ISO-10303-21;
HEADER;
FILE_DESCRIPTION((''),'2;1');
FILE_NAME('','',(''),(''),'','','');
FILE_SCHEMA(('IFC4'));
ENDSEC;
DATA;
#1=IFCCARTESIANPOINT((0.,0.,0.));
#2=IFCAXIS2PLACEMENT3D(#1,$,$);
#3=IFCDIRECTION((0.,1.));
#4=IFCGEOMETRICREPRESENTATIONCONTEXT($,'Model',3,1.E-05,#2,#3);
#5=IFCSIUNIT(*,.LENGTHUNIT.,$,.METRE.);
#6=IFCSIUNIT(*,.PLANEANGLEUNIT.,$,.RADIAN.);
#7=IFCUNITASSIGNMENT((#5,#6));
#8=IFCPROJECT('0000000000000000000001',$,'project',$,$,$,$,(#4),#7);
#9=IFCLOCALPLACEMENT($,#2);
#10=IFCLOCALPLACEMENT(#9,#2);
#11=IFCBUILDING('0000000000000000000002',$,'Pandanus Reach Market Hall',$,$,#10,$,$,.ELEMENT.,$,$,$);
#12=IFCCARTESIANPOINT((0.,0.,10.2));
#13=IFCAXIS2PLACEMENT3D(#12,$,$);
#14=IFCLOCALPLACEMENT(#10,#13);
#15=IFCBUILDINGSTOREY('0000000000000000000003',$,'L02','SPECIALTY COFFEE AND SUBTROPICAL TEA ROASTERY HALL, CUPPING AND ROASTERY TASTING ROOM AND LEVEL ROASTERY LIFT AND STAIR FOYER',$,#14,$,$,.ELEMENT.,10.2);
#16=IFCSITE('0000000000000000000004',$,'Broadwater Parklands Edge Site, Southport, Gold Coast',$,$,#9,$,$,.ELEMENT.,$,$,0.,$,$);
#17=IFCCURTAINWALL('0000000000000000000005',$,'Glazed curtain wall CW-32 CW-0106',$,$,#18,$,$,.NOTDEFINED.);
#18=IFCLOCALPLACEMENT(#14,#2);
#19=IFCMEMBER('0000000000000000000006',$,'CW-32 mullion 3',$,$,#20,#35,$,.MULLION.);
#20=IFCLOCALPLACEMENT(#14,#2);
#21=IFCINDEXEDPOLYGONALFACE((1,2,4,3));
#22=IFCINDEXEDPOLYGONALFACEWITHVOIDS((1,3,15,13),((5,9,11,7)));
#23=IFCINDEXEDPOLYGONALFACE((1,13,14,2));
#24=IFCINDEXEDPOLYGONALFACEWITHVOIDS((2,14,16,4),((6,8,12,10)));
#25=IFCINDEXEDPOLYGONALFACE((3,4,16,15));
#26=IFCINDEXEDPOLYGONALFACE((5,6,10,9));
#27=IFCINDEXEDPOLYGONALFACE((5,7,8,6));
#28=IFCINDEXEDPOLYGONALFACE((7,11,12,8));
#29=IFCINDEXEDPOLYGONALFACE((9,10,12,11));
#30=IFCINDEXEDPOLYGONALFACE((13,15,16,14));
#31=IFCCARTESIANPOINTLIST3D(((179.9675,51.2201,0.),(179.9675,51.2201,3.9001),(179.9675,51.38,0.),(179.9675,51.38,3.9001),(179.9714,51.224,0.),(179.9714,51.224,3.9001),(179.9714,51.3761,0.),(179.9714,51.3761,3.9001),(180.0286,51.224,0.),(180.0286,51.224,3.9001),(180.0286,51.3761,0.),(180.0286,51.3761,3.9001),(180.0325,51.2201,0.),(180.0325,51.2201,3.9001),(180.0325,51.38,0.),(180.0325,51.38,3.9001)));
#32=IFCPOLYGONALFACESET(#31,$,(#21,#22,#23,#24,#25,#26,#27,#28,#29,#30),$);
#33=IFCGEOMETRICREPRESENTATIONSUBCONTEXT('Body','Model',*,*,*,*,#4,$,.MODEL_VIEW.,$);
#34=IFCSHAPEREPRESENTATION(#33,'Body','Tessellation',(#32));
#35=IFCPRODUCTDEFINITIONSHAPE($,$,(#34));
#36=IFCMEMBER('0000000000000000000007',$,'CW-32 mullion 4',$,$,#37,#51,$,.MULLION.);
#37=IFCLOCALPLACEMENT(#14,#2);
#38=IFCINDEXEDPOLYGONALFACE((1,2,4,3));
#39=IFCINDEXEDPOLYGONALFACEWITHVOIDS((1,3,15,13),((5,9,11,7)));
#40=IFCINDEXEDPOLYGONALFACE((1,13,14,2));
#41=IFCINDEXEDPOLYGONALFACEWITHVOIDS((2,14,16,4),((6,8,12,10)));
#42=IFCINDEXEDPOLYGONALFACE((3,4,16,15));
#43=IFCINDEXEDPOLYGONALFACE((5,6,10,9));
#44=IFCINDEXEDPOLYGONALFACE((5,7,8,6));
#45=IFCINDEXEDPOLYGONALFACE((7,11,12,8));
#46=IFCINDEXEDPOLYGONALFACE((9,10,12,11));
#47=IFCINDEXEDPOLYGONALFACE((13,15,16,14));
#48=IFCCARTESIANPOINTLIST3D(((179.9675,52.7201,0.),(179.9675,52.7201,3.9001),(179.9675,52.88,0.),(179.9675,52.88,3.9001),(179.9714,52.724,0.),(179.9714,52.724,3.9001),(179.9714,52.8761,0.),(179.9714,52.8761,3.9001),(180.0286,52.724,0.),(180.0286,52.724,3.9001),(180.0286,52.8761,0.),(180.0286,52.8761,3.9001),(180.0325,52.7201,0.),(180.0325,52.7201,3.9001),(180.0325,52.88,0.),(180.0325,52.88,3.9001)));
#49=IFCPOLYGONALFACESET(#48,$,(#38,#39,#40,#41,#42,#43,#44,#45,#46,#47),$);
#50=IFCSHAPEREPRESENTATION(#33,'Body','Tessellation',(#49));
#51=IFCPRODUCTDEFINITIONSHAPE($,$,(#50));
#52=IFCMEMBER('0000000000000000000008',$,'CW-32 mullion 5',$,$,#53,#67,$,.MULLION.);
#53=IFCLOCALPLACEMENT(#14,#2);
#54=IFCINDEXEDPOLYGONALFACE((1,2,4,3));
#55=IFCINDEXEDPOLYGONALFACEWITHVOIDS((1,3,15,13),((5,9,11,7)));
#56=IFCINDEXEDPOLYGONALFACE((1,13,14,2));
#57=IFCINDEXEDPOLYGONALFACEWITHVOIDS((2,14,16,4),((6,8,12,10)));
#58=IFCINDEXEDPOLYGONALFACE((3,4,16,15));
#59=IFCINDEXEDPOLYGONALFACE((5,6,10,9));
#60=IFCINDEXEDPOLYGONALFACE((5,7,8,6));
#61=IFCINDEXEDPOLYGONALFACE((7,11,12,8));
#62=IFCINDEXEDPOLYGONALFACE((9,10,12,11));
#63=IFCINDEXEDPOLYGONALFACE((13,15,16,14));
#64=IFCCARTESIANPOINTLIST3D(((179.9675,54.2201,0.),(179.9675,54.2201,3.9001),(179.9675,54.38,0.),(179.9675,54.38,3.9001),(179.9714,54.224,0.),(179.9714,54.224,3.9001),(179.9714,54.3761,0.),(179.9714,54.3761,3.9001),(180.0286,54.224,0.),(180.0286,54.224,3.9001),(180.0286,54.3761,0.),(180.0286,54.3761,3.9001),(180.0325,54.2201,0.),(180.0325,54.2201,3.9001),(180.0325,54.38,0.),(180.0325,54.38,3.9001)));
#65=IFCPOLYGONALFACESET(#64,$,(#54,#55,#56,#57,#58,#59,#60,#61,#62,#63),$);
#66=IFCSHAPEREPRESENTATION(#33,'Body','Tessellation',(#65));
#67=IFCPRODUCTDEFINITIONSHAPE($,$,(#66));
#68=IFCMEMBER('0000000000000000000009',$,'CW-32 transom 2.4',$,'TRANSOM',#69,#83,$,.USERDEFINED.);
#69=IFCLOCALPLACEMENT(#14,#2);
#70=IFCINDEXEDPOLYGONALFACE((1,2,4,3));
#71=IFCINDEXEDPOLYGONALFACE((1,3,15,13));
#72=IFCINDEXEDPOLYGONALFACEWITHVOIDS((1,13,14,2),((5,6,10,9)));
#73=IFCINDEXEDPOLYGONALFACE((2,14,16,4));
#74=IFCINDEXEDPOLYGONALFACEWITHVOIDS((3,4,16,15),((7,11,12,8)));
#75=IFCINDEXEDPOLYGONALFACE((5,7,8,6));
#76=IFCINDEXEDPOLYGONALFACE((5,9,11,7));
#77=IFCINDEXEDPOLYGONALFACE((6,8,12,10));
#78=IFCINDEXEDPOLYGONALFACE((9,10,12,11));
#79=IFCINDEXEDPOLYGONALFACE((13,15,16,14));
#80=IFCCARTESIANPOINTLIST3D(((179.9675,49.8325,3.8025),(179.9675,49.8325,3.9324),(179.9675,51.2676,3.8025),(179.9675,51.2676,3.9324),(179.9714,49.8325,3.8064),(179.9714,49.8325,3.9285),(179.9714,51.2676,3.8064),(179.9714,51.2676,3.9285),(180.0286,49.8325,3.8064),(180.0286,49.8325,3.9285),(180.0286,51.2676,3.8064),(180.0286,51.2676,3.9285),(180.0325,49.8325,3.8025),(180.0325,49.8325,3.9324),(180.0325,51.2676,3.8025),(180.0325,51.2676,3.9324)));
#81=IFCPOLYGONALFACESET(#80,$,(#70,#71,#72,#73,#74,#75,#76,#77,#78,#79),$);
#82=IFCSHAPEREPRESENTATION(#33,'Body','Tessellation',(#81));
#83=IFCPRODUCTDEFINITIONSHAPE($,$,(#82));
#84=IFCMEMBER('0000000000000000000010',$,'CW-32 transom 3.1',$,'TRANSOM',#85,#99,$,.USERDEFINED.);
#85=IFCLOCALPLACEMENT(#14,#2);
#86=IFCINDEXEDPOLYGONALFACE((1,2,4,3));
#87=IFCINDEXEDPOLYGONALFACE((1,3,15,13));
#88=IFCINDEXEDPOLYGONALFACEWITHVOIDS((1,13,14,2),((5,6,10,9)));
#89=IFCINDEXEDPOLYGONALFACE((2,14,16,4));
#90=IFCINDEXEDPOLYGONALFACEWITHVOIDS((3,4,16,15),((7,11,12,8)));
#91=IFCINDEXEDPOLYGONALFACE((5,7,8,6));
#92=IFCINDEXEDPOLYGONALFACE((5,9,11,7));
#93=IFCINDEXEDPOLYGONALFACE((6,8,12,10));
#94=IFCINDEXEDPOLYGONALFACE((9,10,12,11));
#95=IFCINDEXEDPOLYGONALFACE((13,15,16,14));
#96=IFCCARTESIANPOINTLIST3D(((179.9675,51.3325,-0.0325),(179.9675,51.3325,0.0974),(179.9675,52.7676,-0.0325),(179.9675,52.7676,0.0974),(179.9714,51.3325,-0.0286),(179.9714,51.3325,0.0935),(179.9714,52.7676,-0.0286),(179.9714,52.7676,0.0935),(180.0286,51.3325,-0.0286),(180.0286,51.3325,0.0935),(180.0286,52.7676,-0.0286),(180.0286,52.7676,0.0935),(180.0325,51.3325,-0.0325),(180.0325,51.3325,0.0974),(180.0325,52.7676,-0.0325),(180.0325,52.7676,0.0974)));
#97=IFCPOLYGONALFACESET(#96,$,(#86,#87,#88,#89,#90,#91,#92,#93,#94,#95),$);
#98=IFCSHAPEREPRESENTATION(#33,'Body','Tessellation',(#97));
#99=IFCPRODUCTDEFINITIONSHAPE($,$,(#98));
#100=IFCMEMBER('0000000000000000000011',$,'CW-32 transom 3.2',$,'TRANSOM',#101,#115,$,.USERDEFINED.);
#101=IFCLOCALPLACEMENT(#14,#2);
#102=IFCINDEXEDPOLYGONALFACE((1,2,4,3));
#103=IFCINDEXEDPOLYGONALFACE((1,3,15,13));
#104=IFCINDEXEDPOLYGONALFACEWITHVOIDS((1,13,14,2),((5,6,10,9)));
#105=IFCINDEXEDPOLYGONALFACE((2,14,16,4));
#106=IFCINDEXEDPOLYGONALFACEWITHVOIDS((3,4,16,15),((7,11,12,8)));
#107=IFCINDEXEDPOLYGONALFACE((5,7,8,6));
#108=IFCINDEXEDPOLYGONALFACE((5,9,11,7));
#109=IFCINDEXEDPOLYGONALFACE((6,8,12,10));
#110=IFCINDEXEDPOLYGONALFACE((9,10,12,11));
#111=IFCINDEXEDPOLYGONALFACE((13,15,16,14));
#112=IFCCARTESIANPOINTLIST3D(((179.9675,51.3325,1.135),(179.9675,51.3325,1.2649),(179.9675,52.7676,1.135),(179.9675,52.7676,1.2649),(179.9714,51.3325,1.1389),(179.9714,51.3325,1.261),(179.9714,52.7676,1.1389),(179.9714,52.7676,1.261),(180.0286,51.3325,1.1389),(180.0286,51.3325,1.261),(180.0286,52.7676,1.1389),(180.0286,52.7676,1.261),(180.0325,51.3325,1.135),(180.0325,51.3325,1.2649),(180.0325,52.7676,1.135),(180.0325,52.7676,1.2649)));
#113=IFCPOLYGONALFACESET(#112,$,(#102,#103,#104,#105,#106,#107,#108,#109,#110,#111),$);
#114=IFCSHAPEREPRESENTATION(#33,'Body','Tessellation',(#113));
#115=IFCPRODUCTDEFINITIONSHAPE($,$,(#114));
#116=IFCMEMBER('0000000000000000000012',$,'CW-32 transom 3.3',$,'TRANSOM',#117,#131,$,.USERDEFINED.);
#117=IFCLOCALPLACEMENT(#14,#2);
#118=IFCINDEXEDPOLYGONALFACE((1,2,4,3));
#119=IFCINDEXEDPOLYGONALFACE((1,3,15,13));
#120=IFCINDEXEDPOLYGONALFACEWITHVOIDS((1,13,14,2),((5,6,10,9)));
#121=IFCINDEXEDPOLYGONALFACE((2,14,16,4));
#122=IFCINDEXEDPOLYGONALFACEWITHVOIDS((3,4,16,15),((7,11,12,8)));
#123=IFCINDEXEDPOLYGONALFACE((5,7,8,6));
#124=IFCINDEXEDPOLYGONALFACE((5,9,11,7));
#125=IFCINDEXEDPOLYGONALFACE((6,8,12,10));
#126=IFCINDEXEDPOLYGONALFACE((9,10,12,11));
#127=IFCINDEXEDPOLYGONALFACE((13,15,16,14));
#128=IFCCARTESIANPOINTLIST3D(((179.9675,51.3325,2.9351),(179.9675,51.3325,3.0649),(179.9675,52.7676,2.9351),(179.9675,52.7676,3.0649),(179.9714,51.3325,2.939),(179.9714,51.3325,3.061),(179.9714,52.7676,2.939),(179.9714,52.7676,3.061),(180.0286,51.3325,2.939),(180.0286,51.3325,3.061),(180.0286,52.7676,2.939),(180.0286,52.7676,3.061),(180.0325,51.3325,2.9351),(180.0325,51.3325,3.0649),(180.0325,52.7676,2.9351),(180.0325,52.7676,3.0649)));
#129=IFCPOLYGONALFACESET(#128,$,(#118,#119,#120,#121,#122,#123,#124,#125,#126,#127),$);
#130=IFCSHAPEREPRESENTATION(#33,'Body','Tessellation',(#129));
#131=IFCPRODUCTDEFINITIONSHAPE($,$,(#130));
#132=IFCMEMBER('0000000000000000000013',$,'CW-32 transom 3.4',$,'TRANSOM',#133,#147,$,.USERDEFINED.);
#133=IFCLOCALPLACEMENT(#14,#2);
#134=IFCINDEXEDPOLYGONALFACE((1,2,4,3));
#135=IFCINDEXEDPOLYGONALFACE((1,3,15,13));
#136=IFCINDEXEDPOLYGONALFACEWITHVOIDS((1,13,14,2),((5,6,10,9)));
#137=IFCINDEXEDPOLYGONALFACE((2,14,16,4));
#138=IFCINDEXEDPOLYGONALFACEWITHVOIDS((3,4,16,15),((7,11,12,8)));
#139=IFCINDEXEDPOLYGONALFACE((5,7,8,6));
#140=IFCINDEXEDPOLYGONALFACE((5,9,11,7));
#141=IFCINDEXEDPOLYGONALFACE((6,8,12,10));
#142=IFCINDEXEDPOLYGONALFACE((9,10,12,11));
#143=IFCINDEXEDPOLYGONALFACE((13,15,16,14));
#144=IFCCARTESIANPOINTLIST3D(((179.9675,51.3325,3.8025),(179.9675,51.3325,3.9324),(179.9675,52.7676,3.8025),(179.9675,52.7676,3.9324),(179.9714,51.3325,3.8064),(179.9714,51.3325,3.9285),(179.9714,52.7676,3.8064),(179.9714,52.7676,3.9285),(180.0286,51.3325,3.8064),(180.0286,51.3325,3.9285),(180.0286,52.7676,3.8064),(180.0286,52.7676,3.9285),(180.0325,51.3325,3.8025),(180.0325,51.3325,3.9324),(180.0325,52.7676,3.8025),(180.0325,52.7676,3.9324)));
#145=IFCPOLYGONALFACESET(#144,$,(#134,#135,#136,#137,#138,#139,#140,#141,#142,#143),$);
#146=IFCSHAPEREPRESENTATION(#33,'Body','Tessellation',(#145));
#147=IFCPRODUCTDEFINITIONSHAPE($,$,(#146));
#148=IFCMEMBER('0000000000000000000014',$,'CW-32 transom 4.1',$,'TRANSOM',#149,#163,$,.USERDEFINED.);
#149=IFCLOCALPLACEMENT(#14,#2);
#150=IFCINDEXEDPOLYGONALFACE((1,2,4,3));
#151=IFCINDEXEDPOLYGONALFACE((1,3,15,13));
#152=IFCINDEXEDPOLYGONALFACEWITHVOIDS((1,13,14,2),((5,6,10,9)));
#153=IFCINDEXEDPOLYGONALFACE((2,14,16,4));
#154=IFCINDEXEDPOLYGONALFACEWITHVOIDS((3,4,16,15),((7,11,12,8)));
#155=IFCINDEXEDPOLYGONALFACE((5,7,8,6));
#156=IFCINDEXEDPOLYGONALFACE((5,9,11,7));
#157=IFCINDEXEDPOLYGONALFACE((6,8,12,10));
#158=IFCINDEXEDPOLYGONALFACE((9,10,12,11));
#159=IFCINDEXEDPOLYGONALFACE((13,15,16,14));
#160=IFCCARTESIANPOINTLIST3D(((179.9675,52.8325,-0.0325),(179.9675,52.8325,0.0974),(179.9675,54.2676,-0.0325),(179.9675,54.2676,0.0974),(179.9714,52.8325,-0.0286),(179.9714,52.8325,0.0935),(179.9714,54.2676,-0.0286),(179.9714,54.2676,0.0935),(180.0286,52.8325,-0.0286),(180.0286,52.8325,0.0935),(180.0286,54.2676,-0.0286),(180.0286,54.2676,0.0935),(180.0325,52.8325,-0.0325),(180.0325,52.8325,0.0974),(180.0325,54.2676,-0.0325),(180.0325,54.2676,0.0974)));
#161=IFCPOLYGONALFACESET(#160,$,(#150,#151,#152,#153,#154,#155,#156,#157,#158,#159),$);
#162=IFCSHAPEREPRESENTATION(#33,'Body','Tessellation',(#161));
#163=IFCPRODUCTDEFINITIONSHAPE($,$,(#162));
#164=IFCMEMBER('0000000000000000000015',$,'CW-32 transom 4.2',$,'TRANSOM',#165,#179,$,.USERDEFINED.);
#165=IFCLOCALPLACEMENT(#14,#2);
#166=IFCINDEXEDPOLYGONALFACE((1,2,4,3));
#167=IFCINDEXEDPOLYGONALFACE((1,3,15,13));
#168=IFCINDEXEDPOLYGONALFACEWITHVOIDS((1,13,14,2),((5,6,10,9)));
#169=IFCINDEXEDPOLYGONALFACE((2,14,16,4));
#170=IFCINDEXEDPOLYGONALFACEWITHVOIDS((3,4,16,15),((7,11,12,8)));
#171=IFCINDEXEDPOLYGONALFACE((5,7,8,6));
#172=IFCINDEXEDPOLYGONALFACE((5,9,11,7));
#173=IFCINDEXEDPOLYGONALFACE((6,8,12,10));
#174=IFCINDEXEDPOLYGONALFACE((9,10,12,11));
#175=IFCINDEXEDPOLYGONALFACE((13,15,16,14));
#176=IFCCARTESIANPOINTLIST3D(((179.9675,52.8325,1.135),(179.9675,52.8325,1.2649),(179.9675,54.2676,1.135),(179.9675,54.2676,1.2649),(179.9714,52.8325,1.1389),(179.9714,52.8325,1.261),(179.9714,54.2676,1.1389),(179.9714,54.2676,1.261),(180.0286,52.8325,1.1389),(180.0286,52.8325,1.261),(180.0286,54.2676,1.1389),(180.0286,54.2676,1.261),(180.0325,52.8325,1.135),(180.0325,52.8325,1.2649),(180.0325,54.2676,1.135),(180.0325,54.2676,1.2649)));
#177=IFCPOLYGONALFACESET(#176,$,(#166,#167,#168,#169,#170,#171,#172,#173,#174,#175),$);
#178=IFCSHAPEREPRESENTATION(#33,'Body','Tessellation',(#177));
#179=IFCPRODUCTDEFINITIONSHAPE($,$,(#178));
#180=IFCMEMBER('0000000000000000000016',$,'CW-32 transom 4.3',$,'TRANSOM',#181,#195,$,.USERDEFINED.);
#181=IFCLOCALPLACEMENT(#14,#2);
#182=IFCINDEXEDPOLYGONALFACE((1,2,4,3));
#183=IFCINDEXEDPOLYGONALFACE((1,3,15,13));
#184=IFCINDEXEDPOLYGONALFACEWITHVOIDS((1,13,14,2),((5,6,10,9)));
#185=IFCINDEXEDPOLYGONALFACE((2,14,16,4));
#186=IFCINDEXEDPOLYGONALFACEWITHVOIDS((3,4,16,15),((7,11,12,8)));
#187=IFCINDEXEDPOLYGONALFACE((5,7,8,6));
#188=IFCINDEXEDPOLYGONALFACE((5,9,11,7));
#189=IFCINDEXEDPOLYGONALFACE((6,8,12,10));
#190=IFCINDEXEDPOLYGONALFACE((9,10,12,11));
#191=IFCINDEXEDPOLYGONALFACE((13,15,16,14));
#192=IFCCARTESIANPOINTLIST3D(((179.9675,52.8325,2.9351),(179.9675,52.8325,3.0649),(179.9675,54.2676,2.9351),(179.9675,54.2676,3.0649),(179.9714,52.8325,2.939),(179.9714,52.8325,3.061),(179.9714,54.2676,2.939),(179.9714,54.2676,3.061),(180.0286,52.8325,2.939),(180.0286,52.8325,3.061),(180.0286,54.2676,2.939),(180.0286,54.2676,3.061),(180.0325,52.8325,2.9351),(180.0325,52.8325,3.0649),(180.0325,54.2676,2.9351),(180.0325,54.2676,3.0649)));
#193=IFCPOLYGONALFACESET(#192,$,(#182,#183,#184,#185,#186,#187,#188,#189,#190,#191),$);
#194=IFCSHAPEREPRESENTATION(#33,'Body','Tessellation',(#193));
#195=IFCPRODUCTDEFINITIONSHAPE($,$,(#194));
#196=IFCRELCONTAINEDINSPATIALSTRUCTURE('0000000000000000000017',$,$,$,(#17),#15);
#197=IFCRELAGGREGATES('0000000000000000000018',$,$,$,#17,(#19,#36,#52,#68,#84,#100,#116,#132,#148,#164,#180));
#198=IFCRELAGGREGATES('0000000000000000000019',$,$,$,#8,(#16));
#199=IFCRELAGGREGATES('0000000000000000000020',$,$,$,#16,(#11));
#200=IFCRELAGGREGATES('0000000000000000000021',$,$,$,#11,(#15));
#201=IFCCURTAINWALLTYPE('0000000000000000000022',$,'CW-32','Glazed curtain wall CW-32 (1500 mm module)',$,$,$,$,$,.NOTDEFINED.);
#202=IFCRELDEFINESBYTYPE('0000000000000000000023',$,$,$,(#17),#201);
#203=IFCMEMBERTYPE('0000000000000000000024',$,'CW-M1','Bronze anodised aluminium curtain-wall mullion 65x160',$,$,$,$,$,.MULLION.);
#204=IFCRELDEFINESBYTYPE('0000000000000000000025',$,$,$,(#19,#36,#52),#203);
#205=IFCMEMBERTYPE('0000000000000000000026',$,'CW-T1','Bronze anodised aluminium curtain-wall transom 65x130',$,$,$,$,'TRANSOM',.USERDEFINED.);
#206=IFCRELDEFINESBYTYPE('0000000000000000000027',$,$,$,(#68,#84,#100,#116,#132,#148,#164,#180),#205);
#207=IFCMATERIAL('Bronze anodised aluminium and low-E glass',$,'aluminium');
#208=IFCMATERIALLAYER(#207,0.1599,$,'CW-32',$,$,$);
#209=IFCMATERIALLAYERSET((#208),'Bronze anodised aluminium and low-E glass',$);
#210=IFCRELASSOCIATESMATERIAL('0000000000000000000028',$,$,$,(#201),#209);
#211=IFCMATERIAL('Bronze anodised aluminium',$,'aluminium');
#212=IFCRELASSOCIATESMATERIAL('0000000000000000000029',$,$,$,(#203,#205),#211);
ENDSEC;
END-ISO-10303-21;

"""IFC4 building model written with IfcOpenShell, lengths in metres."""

from ifc_helpers import new_model, si_unit, direction, frame, origin, origin_2d, place, context, subcontext, project, spatial, hollow_rectangle, extrude, material, layer, layer_set, material_profile, profile_set, type_object, element, aggregate, save


model = new_model("IFC4")

# Units and contexts
model_context = context("Model", 3, precision=1e-05, world=origin(), true_north=direction((0.0, 1.0)))
body_context = subcontext(model_context, "Body", "Model", "MODEL_VIEW")
ifc_project = project(units=[si_unit("LENGTHUNIT", "METRE"), si_unit("PLANEANGLEUNIT", "RADIAN")], contexts=[model_context])

# Site, building, storey
site_placement = place(None, origin())
site = spatial("IfcSite", under=ifc_project, at=site_placement, Name="Broadwater Parklands Edge Site, Southport, Gold Coast", CompositionType="ELEMENT", RefElevation=0.0)
building_placement = place(site_placement, origin())
building = spatial("IfcBuilding", under=site, at=building_placement, Name="Pandanus Reach Market Hall", CompositionType="ELEMENT")
storey_placement = place(building_placement, frame((0.0, 0.0, 10.2)))
storey = spatial("IfcBuildingStorey", under=building, at=storey_placement, Name="L02", Description="SPECIALTY COFFEE AND SUBTROPICAL TEA ROASTERY HALL, CUPPING AND ROASTERY TASTING ROOM AND LEVEL ROASTERY LIFT AND STAIR FOYER", CompositionType="ELEMENT", Elevation=10.2)

# Curtain wall, members
ifc_material_1 = material(Name="Bronze anodised aluminium and low-E glass", Category="aluminium")
ifc_layer_1 = layer(ifc_material_1, 0.1599, Name="CW-32")
ifc_layer_set_1 = layer_set([ifc_layer_1], Name="Bronze anodised aluminium and low-E glass")
curtain_wall_type = type_object("IfcCurtainWallType", Name="CW-32", Description="Glazed curtain wall CW-32 (1500 mm module)", PredefinedType="NOTDEFINED", material=ifc_layer_set_1)
curtain_wall_placement = place(storey_placement, origin())
curtain_wall = element("IfcCurtainWall", 1, at=curtain_wall_placement, inside=storey, type_object=curtain_wall_type, Name="Glazed curtain wall CW-32 CW-0106", PredefinedType="NOTDEFINED")
ifc_material_2 = material(Name="Bronze anodised aluminium", Category="aluminium")
ifc_material_profile_1 = material_profile(ifc_material_2, hollow_rectangle(XDim=0.0649, YDim=0.1599, WallThickness=0.0039, at=origin_2d()), Name="ALU65x160", Category="LoadBearing")
ifc_profile_set_1 = profile_set([ifc_material_profile_1], Name="Bronze anodised aluminium")
member_type_1 = type_object("IfcMemberType", Name="CW-M1", Description="Bronze anodised aluminium curtain-wall mullion 65x160", PredefinedType="MULLION", material=ifc_profile_set_1)
member_1_placement = place(storey_placement, frame((180.0, 51.3, 0.0), z_axis=(0.0, 0.0, 1.0), x_axis=(-1.0, 0.0, 0.0)))
member_1 = element("IfcMember", 2, at=member_1_placement, type_object=member_type_1, Name="CW-32 mullion 3", PredefinedType="MULLION", context=body_context, shape_type="SweptSolid", body=[
    extrude(hollow_rectangle(XDim=0.0649, YDim=0.1599, WallThickness=0.0039, at=origin_2d()), origin(), (0.0, 0.0, 1.0), 3.9001),
])
member_2_placement = place(storey_placement, frame((180.0, 52.8, 0.0), z_axis=(0.0, 0.0, 1.0), x_axis=(-1.0, 0.0, 0.0)))
member_2 = element("IfcMember", 3, at=member_2_placement, type_object=member_type_1, Name="CW-32 mullion 4", PredefinedType="MULLION", context=body_context, shape_type="SweptSolid", body=[
    extrude(hollow_rectangle(XDim=0.0649, YDim=0.1599, WallThickness=0.0039, at=origin_2d()), origin(), (0.0, 0.0, 1.0), 3.9001),
])
member_3_placement = place(storey_placement, frame((180.0, 54.3, 0.0), z_axis=(0.0, 0.0, 1.0), x_axis=(-1.0, 0.0, 0.0)))
member_3 = element("IfcMember", 4, at=member_3_placement, type_object=member_type_1, Name="CW-32 mullion 5", PredefinedType="MULLION", context=body_context, shape_type="SweptSolid", body=[
    extrude(hollow_rectangle(XDim=0.0649, YDim=0.1599, WallThickness=0.0039, at=origin_2d()), origin(), (0.0, 0.0, 1.0), 3.9001),
])
ifc_material_profile_2 = material_profile(ifc_material_2, hollow_rectangle(XDim=0.0649, YDim=0.1299, WallThickness=0.0039, at=origin_2d()), Name="ALU65x130", Category="LoadBearing")
ifc_profile_set_2 = profile_set([ifc_material_profile_2], Name="Bronze anodised aluminium")
member_type_2 = type_object("IfcMemberType", Name="CW-T1", Description="Bronze anodised aluminium curtain-wall transom 65x130", ElementType="TRANSOM", PredefinedType="USERDEFINED", material=ifc_profile_set_2)
member_4_placement = place(storey_placement, frame((180.0, 49.8325, 3.8674), z_axis=(0.0, 1.0, 0.0), x_axis=(-1.0, 0.0, 0.0)))
member_4 = element("IfcMember", 5, at=member_4_placement, type_object=member_type_2, Name="CW-32 transom 2.4", ObjectType="TRANSOM", PredefinedType="USERDEFINED", context=body_context, shape_type="SweptSolid", body=[
    extrude(hollow_rectangle(XDim=0.0649, YDim=0.1299, WallThickness=0.0039, at=origin_2d()), origin(), (0.0, 0.0, 1.0), 1.4351),
])
member_5_placement = place(storey_placement, frame((180.0, 51.3325, 0.0325), z_axis=(0.0, 1.0, 0.0), x_axis=(-1.0, 0.0, 0.0)))
member_5 = element("IfcMember", 6, at=member_5_placement, type_object=member_type_2, Name="CW-32 transom 3.1", ObjectType="TRANSOM", PredefinedType="USERDEFINED", context=body_context, shape_type="SweptSolid", body=[
    extrude(hollow_rectangle(XDim=0.0649, YDim=0.1299, WallThickness=0.0039, at=origin_2d()), origin(), (0.0, 0.0, 1.0), 1.4351),
])
member_6_placement = place(storey_placement, frame((180.0, 51.3325, 1.2), z_axis=(0.0, 1.0, 0.0), x_axis=(-1.0, 0.0, 0.0)))
member_6 = element("IfcMember", 7, at=member_6_placement, type_object=member_type_2, Name="CW-32 transom 3.2", ObjectType="TRANSOM", PredefinedType="USERDEFINED", context=body_context, shape_type="SweptSolid", body=[
    extrude(hollow_rectangle(XDim=0.0649, YDim=0.1299, WallThickness=0.0039, at=origin_2d()), origin(), (0.0, 0.0, 1.0), 1.4351),
])
member_7_placement = place(storey_placement, frame((180.0, 51.3325, 3.0), z_axis=(0.0, 1.0, 0.0), x_axis=(-1.0, 0.0, 0.0)))
member_7 = element("IfcMember", 8, at=member_7_placement, type_object=member_type_2, Name="CW-32 transom 3.3", ObjectType="TRANSOM", PredefinedType="USERDEFINED", context=body_context, shape_type="SweptSolid", body=[
    extrude(hollow_rectangle(XDim=0.0649, YDim=0.1299, WallThickness=0.0039, at=origin_2d()), origin(), (0.0, 0.0, 1.0), 1.4351),
])
member_8_placement = place(storey_placement, frame((180.0, 51.3325, 3.8674), z_axis=(0.0, 1.0, 0.0), x_axis=(-1.0, 0.0, 0.0)))
member_8 = element("IfcMember", 9, at=member_8_placement, type_object=member_type_2, Name="CW-32 transom 3.4", ObjectType="TRANSOM", PredefinedType="USERDEFINED", context=body_context, shape_type="SweptSolid", body=[
    extrude(hollow_rectangle(XDim=0.0649, YDim=0.1299, WallThickness=0.0039, at=origin_2d()), origin(), (0.0, 0.0, 1.0), 1.4351),
])
member_9_placement = place(storey_placement, frame((180.0, 52.8325, 0.0325), z_axis=(0.0, 1.0, 0.0), x_axis=(-1.0, 0.0, 0.0)))
member_9 = element("IfcMember", 10, at=member_9_placement, type_object=member_type_2, Name="CW-32 transom 4.1", ObjectType="TRANSOM", PredefinedType="USERDEFINED", context=body_context, shape_type="SweptSolid", body=[
    extrude(hollow_rectangle(XDim=0.0649, YDim=0.1299, WallThickness=0.0039, at=origin_2d()), origin(), (0.0, 0.0, 1.0), 1.4351),
])
member_10_placement = place(storey_placement, frame((180.0, 52.8325, 1.2), z_axis=(0.0, 1.0, 0.0), x_axis=(-1.0, 0.0, 0.0)))
member_10 = element("IfcMember", 11, at=member_10_placement, type_object=member_type_2, Name="CW-32 transom 4.2", ObjectType="TRANSOM", PredefinedType="USERDEFINED", context=body_context, shape_type="SweptSolid", body=[
    extrude(hollow_rectangle(XDim=0.0649, YDim=0.1299, WallThickness=0.0039, at=origin_2d()), origin(), (0.0, 0.0, 1.0), 1.4351),
])
member_11_placement = place(storey_placement, frame((180.0, 52.8325, 3.0), z_axis=(0.0, 1.0, 0.0), x_axis=(-1.0, 0.0, 0.0)))
member_11 = element("IfcMember", 12, at=member_11_placement, type_object=member_type_2, Name="CW-32 transom 4.3", ObjectType="TRANSOM", PredefinedType="USERDEFINED", context=body_context, shape_type="SweptSolid", body=[
    extrude(hollow_rectangle(XDim=0.0649, YDim=0.1299, WallThickness=0.0039, at=origin_2d()), origin(), (0.0, 0.0, 1.0), 1.4351),
])
aggregate(curtain_wall, [member_1, member_2, member_3, member_4, member_5, member_6, member_7, member_8, member_9, member_10, member_11])

save(model, "model.ifc")
